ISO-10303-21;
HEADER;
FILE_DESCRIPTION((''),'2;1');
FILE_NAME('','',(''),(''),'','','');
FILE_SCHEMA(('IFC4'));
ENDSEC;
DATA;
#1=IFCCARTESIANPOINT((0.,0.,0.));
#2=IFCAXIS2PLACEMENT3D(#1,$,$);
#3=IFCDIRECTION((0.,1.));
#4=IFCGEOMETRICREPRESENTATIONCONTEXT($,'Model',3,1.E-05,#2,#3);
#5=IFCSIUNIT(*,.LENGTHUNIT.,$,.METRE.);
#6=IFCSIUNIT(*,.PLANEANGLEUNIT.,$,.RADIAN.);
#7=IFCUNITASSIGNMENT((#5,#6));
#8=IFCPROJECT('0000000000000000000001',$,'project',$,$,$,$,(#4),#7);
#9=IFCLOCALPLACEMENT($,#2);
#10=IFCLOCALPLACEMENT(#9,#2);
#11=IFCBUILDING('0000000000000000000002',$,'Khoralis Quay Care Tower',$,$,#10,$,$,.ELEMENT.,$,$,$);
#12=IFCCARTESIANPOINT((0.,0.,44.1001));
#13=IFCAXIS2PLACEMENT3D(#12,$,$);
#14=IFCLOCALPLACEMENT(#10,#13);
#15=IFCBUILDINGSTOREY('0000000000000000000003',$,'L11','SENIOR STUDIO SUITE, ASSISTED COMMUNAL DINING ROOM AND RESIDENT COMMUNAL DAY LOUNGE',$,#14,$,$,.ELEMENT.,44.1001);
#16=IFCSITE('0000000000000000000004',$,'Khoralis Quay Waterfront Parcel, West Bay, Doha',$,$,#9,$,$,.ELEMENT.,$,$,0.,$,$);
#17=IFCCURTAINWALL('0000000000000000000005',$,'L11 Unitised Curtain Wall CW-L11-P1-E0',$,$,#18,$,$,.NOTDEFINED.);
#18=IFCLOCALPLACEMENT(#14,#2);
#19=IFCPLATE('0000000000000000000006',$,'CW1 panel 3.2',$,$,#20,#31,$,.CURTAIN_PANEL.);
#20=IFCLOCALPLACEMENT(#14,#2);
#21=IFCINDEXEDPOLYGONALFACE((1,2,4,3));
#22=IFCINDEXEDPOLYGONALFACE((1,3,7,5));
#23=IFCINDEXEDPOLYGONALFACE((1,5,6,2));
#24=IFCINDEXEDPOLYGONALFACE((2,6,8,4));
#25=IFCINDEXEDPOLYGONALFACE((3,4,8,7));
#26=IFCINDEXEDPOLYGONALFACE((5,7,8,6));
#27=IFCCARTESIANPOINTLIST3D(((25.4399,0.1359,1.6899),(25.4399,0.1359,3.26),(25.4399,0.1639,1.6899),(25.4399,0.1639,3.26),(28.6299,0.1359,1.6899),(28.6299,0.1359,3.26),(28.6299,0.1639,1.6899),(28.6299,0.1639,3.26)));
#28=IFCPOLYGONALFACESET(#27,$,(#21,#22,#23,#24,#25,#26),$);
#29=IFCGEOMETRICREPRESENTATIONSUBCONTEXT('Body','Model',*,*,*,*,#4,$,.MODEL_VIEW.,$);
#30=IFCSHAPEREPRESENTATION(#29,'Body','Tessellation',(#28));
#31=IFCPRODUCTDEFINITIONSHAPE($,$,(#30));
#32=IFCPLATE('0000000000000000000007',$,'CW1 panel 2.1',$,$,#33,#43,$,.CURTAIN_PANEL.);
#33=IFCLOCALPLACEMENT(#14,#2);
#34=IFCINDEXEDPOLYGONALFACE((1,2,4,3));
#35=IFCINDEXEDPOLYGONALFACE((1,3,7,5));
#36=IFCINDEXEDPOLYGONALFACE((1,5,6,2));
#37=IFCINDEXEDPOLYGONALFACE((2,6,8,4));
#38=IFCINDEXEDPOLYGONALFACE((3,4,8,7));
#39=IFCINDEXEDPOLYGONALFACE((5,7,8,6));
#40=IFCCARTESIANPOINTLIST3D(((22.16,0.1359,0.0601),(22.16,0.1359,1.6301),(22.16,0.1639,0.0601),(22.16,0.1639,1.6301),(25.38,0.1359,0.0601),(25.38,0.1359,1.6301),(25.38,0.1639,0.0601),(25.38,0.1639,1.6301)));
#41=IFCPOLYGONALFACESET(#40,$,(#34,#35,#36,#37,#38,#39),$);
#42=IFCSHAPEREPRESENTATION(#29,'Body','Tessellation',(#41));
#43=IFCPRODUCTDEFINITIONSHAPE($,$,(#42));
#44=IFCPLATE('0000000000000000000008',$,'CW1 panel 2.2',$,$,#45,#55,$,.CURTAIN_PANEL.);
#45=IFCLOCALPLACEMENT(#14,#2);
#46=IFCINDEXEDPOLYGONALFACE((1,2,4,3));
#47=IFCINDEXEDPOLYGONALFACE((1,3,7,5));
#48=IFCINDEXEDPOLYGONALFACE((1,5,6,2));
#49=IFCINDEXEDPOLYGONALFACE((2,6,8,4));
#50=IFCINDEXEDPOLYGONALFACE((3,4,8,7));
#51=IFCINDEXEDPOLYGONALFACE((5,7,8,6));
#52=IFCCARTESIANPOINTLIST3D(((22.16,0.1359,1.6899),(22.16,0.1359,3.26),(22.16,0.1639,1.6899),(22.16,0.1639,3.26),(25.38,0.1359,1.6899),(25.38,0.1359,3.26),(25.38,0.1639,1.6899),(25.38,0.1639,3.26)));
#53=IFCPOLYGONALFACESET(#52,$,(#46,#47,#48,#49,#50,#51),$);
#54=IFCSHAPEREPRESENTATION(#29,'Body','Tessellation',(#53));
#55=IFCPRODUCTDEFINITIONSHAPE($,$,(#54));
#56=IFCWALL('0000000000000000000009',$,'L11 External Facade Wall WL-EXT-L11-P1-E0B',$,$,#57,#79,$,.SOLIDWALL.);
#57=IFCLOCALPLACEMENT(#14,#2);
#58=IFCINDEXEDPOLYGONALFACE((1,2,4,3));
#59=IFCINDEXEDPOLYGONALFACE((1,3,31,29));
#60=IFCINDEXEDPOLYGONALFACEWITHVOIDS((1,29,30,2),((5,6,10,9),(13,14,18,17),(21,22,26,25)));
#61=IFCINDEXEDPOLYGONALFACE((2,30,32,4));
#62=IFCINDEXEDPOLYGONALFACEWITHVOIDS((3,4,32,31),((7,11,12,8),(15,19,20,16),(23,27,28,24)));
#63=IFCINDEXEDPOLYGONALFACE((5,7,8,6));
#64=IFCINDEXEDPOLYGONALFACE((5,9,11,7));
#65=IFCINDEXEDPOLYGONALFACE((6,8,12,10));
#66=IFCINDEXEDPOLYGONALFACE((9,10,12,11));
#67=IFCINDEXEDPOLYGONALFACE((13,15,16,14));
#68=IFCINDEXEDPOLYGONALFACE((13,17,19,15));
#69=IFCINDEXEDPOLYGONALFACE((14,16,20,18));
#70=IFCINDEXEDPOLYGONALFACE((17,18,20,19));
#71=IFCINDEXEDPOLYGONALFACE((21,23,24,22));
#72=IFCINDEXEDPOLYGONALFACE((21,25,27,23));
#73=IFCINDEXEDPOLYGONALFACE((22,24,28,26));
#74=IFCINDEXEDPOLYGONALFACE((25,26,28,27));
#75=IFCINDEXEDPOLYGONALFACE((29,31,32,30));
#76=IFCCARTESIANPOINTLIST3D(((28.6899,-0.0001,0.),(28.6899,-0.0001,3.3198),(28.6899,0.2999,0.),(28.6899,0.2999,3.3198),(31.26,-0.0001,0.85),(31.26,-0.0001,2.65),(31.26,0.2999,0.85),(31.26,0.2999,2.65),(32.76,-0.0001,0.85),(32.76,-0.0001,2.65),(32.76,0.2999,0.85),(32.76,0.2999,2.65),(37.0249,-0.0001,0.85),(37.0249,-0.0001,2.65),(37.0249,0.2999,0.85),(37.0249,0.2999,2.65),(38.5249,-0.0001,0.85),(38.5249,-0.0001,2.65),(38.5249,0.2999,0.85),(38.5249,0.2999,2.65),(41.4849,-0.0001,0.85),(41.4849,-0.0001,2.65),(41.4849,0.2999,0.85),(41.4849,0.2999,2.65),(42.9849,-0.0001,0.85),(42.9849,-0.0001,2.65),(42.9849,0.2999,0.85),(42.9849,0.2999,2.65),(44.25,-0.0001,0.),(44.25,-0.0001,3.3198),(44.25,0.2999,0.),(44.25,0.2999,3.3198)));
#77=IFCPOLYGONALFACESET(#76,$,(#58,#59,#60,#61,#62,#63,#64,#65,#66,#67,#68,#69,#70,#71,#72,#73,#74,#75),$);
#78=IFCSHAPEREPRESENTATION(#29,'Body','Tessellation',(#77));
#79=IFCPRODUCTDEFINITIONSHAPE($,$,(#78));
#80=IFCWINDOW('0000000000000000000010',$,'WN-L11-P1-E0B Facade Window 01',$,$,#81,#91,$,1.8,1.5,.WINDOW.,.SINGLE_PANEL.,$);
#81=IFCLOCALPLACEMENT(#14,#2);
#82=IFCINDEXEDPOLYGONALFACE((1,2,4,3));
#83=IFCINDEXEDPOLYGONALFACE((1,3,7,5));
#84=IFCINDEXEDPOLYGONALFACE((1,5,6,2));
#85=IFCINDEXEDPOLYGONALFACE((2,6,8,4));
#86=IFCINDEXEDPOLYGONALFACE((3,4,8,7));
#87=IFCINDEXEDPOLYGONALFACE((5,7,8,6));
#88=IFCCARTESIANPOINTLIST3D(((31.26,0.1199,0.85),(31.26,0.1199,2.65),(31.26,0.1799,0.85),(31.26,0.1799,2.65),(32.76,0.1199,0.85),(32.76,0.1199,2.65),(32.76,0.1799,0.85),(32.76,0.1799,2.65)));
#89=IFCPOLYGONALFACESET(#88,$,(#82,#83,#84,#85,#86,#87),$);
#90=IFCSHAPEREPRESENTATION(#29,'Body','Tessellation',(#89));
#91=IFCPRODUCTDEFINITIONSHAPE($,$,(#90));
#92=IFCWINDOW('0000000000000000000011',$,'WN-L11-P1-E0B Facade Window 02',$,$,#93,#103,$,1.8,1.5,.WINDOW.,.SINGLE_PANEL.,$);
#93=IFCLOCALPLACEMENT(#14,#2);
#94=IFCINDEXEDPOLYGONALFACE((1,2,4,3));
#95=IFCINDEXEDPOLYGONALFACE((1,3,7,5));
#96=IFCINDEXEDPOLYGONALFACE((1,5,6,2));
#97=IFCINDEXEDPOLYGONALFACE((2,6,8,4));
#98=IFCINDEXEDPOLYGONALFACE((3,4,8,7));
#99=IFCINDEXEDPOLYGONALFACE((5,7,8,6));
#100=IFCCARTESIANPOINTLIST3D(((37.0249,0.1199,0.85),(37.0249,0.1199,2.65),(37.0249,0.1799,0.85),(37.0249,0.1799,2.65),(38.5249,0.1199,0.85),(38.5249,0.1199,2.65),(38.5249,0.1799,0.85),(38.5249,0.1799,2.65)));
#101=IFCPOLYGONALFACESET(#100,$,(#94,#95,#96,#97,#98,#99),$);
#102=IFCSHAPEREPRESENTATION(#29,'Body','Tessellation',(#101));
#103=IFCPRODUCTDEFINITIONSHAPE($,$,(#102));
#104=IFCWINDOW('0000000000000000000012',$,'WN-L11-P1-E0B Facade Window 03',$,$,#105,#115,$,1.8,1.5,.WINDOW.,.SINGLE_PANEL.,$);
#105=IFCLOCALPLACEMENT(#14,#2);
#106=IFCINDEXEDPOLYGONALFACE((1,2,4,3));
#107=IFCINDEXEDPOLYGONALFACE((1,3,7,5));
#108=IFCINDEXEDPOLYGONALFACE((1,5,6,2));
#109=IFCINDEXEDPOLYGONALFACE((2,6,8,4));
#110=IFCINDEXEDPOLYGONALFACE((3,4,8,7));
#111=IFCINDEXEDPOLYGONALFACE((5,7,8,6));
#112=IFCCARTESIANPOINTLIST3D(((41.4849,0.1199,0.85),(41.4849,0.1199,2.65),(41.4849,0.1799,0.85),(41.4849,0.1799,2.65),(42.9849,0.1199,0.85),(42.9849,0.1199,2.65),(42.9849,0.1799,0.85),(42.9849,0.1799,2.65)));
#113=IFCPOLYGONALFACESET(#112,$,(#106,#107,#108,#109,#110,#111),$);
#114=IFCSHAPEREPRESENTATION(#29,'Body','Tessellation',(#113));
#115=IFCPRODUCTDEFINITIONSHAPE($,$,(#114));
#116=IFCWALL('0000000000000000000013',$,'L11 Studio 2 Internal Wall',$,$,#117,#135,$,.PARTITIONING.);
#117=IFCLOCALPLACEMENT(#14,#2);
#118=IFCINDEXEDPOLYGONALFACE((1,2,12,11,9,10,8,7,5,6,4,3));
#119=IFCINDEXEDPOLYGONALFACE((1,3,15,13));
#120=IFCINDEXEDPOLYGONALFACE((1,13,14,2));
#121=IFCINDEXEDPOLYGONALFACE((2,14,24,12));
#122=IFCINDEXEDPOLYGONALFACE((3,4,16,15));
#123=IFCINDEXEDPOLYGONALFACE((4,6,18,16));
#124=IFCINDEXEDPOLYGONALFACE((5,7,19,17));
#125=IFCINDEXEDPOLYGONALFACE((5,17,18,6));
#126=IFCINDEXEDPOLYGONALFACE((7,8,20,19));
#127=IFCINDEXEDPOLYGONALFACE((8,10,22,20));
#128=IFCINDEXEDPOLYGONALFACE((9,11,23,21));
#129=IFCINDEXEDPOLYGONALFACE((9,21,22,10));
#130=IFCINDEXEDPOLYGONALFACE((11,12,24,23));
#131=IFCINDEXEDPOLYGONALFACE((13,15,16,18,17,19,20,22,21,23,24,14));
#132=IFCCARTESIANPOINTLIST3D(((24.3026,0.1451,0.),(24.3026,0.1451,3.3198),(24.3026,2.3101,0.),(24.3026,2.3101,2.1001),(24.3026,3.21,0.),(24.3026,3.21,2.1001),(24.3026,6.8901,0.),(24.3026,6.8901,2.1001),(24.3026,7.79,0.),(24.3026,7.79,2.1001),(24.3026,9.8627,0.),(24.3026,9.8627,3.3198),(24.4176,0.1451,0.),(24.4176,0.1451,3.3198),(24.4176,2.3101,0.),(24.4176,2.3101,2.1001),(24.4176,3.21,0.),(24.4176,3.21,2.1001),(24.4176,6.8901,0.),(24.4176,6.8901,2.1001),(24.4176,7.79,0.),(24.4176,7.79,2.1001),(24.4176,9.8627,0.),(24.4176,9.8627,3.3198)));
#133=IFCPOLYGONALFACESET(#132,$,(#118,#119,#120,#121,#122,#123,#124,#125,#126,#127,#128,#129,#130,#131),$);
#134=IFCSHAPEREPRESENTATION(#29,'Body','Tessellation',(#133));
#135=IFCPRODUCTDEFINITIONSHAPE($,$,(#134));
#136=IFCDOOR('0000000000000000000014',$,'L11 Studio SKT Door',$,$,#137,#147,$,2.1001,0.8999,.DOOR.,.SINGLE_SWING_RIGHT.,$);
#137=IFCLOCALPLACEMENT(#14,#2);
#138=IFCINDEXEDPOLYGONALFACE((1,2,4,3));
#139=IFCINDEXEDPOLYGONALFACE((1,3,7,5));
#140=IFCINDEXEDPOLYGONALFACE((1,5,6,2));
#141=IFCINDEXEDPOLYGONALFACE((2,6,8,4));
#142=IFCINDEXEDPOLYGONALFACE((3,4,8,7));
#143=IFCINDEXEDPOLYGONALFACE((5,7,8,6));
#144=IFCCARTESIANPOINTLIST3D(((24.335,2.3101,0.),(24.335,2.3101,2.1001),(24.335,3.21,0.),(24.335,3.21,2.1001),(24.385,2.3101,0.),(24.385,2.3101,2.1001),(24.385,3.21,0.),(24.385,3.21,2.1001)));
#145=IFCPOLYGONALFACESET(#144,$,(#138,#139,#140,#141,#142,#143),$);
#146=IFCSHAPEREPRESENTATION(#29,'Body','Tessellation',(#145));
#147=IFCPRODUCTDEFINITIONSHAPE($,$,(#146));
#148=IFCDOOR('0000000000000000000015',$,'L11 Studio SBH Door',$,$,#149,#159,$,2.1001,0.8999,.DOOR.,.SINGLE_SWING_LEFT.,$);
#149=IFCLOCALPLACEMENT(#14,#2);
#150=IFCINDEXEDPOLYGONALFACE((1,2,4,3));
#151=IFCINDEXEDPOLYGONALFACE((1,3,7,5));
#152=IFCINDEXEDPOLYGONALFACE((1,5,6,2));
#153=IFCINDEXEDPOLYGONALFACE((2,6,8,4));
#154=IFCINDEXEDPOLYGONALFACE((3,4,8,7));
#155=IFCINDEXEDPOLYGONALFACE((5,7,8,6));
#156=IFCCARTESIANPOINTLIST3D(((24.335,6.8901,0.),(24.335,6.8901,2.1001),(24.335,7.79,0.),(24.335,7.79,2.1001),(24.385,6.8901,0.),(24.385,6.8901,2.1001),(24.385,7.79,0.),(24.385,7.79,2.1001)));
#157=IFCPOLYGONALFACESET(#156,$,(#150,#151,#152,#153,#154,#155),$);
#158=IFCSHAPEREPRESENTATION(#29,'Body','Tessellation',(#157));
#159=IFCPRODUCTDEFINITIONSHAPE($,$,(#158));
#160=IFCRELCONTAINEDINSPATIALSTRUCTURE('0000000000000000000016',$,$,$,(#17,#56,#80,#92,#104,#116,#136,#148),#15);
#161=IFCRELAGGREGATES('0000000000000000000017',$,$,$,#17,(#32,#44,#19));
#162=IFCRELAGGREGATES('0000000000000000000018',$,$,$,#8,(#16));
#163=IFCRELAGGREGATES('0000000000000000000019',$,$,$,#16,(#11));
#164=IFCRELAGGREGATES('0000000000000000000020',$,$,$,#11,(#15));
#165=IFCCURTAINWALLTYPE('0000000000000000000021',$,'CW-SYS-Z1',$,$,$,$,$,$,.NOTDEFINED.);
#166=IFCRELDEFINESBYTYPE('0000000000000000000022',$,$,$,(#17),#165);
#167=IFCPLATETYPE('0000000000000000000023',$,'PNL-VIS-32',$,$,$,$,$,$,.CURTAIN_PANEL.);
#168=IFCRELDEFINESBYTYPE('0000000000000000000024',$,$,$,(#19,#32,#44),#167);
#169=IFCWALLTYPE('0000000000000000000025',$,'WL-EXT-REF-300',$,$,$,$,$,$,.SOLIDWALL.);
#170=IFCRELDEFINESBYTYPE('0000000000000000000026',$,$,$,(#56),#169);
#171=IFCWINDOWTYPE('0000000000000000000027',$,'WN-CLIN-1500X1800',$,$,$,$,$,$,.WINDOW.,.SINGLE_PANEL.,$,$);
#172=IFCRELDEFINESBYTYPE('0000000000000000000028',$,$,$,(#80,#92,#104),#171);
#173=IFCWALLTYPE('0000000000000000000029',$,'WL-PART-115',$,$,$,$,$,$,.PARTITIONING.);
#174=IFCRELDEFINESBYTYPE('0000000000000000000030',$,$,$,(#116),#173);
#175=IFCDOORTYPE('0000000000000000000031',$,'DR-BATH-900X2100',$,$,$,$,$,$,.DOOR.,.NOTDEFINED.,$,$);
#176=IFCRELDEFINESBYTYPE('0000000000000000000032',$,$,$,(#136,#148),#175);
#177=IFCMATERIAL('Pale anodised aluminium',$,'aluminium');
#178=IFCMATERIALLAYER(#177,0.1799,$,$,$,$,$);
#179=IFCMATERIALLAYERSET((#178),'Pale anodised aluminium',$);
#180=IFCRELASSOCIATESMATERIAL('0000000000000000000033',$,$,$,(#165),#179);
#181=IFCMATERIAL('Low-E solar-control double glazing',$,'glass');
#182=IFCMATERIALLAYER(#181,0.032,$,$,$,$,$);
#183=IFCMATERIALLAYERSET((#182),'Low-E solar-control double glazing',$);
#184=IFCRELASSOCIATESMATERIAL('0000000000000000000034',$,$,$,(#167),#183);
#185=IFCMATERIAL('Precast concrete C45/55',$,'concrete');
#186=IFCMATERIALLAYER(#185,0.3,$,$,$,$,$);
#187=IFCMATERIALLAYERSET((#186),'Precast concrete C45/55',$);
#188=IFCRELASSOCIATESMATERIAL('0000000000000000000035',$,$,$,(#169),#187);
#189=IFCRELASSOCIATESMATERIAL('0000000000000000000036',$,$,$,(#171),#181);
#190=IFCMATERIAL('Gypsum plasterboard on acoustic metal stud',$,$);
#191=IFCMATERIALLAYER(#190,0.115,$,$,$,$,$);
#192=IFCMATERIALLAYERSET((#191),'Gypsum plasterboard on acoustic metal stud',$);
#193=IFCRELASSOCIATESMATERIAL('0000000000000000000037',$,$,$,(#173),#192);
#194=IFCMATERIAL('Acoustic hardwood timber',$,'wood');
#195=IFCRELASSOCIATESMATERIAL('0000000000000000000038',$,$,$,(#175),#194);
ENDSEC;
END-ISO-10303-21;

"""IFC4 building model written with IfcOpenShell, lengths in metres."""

from ifc_helpers import new_model, si_unit, direction, frame, frame_2d, origin, origin_2d, place, context, subcontext, project, spatial, rectangle, extrude, source, transform, mapped, material, layer, layer_set, type_object, element, fill, aggregate, save


model = new_model("IFC4")

# Units and contexts
model_context = context("Model", 3, precision=1e-05, world=origin(), true_north=direction((0.0, 1.0)))
body_context = subcontext(model_context, "Body", "Model", "MODEL_VIEW")
ifc_project = project(units=[si_unit("LENGTHUNIT", "METRE"), si_unit("PLANEANGLEUNIT", "RADIAN")], contexts=[model_context])

# Site, building, storey
site_placement = place(None, origin())
site = spatial("IfcSite", under=ifc_project, at=site_placement, Name="Khoralis Quay Waterfront Parcel, West Bay, Doha", CompositionType="ELEMENT", RefElevation=0.0)
building_placement = place(site_placement, origin())
building = spatial("IfcBuilding", under=site, at=building_placement, Name="Khoralis Quay Care Tower", CompositionType="ELEMENT")
storey_placement = place(building_placement, frame((0.0, 0.0, 44.1001)))
storey = spatial("IfcBuildingStorey", under=building, at=storey_placement, Name="L11", Description="SENIOR STUDIO SUITE, ASSISTED COMMUNAL DINING ROOM AND RESIDENT COMMUNAL DAY LOUNGE", CompositionType="ELEMENT", Elevation=44.1001)

# Curtain wall, plates
ifc_material_1 = material(Name="Pale anodised aluminium", Category="aluminium")
ifc_layer_1 = layer(ifc_material_1, 0.1799)
ifc_layer_set_1 = layer_set([ifc_layer_1], Name="Pale anodised aluminium")
curtain_wall_type = type_object("IfcCurtainWallType", Name="CW-SYS-Z1", PredefinedType="NOTDEFINED", material=ifc_layer_set_1)
curtain_wall_placement = place(storey_placement, origin())
curtain_wall = element("IfcCurtainWall", 1, at=curtain_wall_placement, inside=storey, type_object=curtain_wall_type, Name="L11 Unitised Curtain Wall CW-L11-P1-E0", PredefinedType="NOTDEFINED")
ifc_material_2 = material(Name="Low-E solar-control double glazing", Category="glass")
ifc_layer_2 = layer(ifc_material_2, 0.032)
ifc_layer_set_2 = layer_set([ifc_layer_2], Name="Low-E solar-control double glazing")
plate_type = type_object("IfcPlateType", Name="PNL-VIS-32", PredefinedType="CURTAIN_PANEL", material=ifc_layer_set_2)
shared_shape_1 = source(origin(), body_context, "Body", "SweptSolid", [
    extrude(rectangle(XDim=3.1899, YDim=0.0281, at=origin_2d()), origin(), (0.0, 0.0, 1.0), 1.5701),
])
plate_1_placement = place(storey_placement, frame((27.0349, 0.1499, 1.6899), z_axis=(0.0, 0.0, 1.0), x_axis=(1.0, 0.0, 0.0)))
plate_1 = element("IfcPlate", 2, at=plate_1_placement, type_object=plate_type, Name="CW1 panel 3.2", PredefinedType="CURTAIN_PANEL", context=body_context, shape_type="MappedRepresentation", body=[
    mapped(shared_shape_1, transform((0.0, 0.0, 0.0), scale=1.0)),
])
shared_shape_2 = source(origin(), body_context, "Body", "SweptSolid", [
    extrude(rectangle(XDim=3.22, YDim=0.0281, at=origin_2d()), origin(), (0.0, 0.0, 1.0), 1.5701),
])
plate_2_placement = place(storey_placement, frame((23.77, 0.1499, 0.0601), z_axis=(0.0, 0.0, 1.0), x_axis=(1.0, 0.0, 0.0)))
plate_2 = element("IfcPlate", 3, at=plate_2_placement, type_object=plate_type, Name="CW1 panel 2.1", PredefinedType="CURTAIN_PANEL", context=body_context, shape_type="MappedRepresentation", body=[
    mapped(shared_shape_2, transform((0.0, 0.0, 0.0), scale=1.0)),
])
plate_3_placement = place(storey_placement, frame((23.77, 0.1499, 1.6899), z_axis=(0.0, 0.0, 1.0), x_axis=(1.0, 0.0, 0.0)))
plate_3 = element("IfcPlate", 4, at=plate_3_placement, type_object=plate_type, Name="CW1 panel 2.2", PredefinedType="CURTAIN_PANEL", context=body_context, shape_type="MappedRepresentation", body=[
    mapped(shared_shape_2, transform((0.0, 0.0, 0.0), scale=1.0)),
])
aggregate(curtain_wall, [plate_2, plate_3, plate_1])

# Wall, openings, windows
ifc_material_3 = material(Name="Precast concrete C45/55", Category="concrete")
ifc_layer_3 = layer(ifc_material_3, 0.3)
ifc_layer_set_3 = layer_set([ifc_layer_3], Name="Precast concrete C45/55")
wall_type_1 = type_object("IfcWallType", Name="WL-EXT-REF-300", PredefinedType="SOLIDWALL", material=ifc_layer_set_3)
wall_1_placement = place(storey_placement, frame((28.6899, 0.1499, 0.0), z_axis=(0.0, 0.0, 1.0), x_axis=(1.0, 0.0, 0.0)))
wall_1 = element("IfcWall", 5, at=wall_1_placement, inside=storey, type_object=wall_type_1, Name="L11 External Facade Wall WL-EXT-L11-P1-E0B", PredefinedType="SOLIDWALL", context=body_context, shape_type="SweptSolid", body=[
    extrude(rectangle(XDim=15.5601, YDim=0.3, at=frame_2d((7.78, 0.0))), origin(), (0.0, 0.0, 1.0), 3.3198),
])
opening_1_placement = place(wall_1_placement, frame((2.5701, 0.0, 0.8501)))
opening_1 = element("IfcOpeningElement", 6, at=opening_1_placement, cuts=wall_1, PredefinedType="OPENING", context=body_context, shape_type="SweptSolid", body=[
    extrude(rectangle(XDim=1.5, YDim=1.8, at=frame_2d((0.75, 0.8999))), frame((0.0, 0.1602, 0.0), z_axis=(0.0, -1.0, 0.0), x_axis=(1.0, 0.0, 0.0)), (0.0, 0.0, 1.0), 0.3201),
])
opening_2_placement = place(wall_1_placement, frame((8.335, 0.0, 0.8501)))
opening_2 = element("IfcOpeningElement", 7, at=opening_2_placement, cuts=wall_1, PredefinedType="OPENING", context=body_context, shape_type="SweptSolid", body=[
    extrude(rectangle(XDim=1.5, YDim=1.8, at=frame_2d((0.75, 0.8999))), frame((0.0, 0.1602, 0.0), z_axis=(0.0, -1.0, 0.0), x_axis=(1.0, 0.0, 0.0)), (0.0, 0.0, 1.0), 0.3201),
])
opening_3_placement = place(wall_1_placement, frame((12.7949, 0.0, 0.8501)))
opening_3 = element("IfcOpeningElement", 8, at=opening_3_placement, cuts=wall_1, PredefinedType="OPENING", context=body_context, shape_type="SweptSolid", body=[
    extrude(rectangle(XDim=1.5, YDim=1.8, at=frame_2d((0.75, 0.8999))), frame((0.0, 0.1602, 0.0), z_axis=(0.0, -1.0, 0.0), x_axis=(1.0, 0.0, 0.0)), (0.0, 0.0, 1.0), 0.3201),
])
window_type = type_object("IfcWindowType", Name="WN-CLIN-1500X1800", PartitioningType="SINGLE_PANEL", PredefinedType="WINDOW", material=ifc_material_2)
shared_shape_3 = source(origin(), body_context, "Body", "SweptSolid", [
    extrude(rectangle(XDim=1.5, YDim=1.8, at=frame_2d((0.75, 0.8999))), frame((0.0, 0.03, 0.0), z_axis=(0.0, -1.0, 0.0), x_axis=(1.0, 0.0, 0.0)), (0.0, 0.0, 1.0), 0.0601),
])
window_1_placement = place(opening_1_placement, origin())
window_1 = element("IfcWindow", 9, at=window_1_placement, inside=storey, type_object=window_type, Name="WN-L11-P1-E0B Facade Window 01", OverallHeight=1.8, OverallWidth=1.5, PartitioningType="SINGLE_PANEL", PredefinedType="WINDOW", context=body_context, shape_type="MappedRepresentation", body=[
    mapped(shared_shape_3, transform((0.0, 0.0, 0.0), scale=1.0)),
])
fill(opening_1, window_1)
window_2_placement = place(opening_2_placement, origin())
window_2 = element("IfcWindow", 10, at=window_2_placement, inside=storey, type_object=window_type, Name="WN-L11-P1-E0B Facade Window 02", OverallHeight=1.8, OverallWidth=1.5, PartitioningType="SINGLE_PANEL", PredefinedType="WINDOW", context=body_context, shape_type="MappedRepresentation", body=[
    mapped(shared_shape_3, transform((0.0, 0.0, 0.0), scale=1.0)),
])
fill(opening_2, window_2)
window_3_placement = place(opening_3_placement, origin())
window_3 = element("IfcWindow", 11, at=window_3_placement, inside=storey, type_object=window_type, Name="WN-L11-P1-E0B Facade Window 03", OverallHeight=1.8, OverallWidth=1.5, PartitioningType="SINGLE_PANEL", PredefinedType="WINDOW", context=body_context, shape_type="MappedRepresentation", body=[
    mapped(shared_shape_3, transform((0.0, 0.0, 0.0), scale=1.0)),
])
fill(opening_3, window_3)

# Wall, openings, doors
ifc_material_4 = material(Name="Gypsum plasterboard on acoustic metal stud")
ifc_layer_4 = layer(ifc_material_4, 0.115)
ifc_layer_set_4 = layer_set([ifc_layer_4], Name="Gypsum plasterboard on acoustic metal stud")
wall_type_2 = type_object("IfcWallType", Name="WL-PART-115", PredefinedType="PARTITIONING", material=ifc_layer_set_4)
wall_2_placement = place(storey_placement, frame((24.3601, 0.145, 0.0), z_axis=(0.0, 0.0, 1.0), x_axis=(0.0, 1.0, 0.0)))
wall_2 = element("IfcWall", 12, at=wall_2_placement, inside=storey, type_object=wall_type_2, Name="L11 Studio 2 Internal Wall", PredefinedType="PARTITIONING", context=body_context, shape_type="SweptSolid", body=[
    extrude(rectangle(XDim=9.7175, YDim=0.115, at=frame_2d((4.8589, 0.0))), origin(), (0.0, 0.0, 1.0), 3.3198),
])
opening_4_placement = place(wall_2_placement, frame((2.165, 0.0, 0.0)))
opening_4 = element("IfcOpeningElement", 13, at=opening_4_placement, cuts=wall_2, PredefinedType="OPENING", context=body_context, shape_type="SweptSolid", body=[
    extrude(rectangle(XDim=0.8999, YDim=2.1001, at=frame_2d((0.45, 1.05))), frame((0.0, 0.0674, 0.0), z_axis=(0.0, -1.0, 0.0), x_axis=(1.0, 0.0, 0.0)), (0.0, 0.0, 1.0), 0.135),
])
opening_5_placement = place(wall_2_placement, frame((6.7451, 0.0, 0.0)))
opening_5 = element("IfcOpeningElement", 14, at=opening_5_placement, cuts=wall_2, PredefinedType="OPENING", context=body_context, shape_type="SweptSolid", body=[
    extrude(rectangle(XDim=0.8999, YDim=2.1001, at=frame_2d((0.45, 1.05))), frame((0.0, 0.0674, 0.0), z_axis=(0.0, -1.0, 0.0), x_axis=(1.0, 0.0, 0.0)), (0.0, 0.0, 1.0), 0.135),
])
ifc_material_5 = material(Name="Acoustic hardwood timber", Category="wood")
door_type = type_object("IfcDoorType", Name="DR-BATH-900X2100", OperationType="NOTDEFINED", PredefinedType="DOOR", material=ifc_material_5)
shared_shape_4 = source(origin(), body_context, "Body", "SweptSolid", [
    extrude(rectangle(XDim=0.8999, YDim=2.1001, at=frame_2d((0.45, 1.05))), frame((0.0, 0.0249, 0.0), z_axis=(0.0, -1.0, 0.0), x_axis=(1.0, 0.0, 0.0)), (0.0, 0.0, 1.0), 0.05),
])
door_1_placement = place(opening_4_placement, frame((0.8999, 0.0, 0.0), z_axis=(0.0, 0.0, 1.0), x_axis=(-1.0, 0.0, 0.0)))
door_1 = element("IfcDoor", 15, at=door_1_placement, inside=storey, type_object=door_type, Name="L11 Studio SKT Door", OperationType="SINGLE_SWING_RIGHT", OverallHeight=2.1001, OverallWidth=0.8999, PredefinedType="DOOR", context=body_context, shape_type="MappedRepresentation", body=[
    mapped(shared_shape_4, transform((0.0, 0.0, 0.0), scale=1.0)),
])
fill(opening_4, door_1)
door_2_placement = place(opening_5_placement, frame((0.8999, 0.0, 0.0), z_axis=(0.0, 0.0, 1.0), x_axis=(-1.0, 0.0, 0.0)))
door_2 = element("IfcDoor", 16, at=door_2_placement, inside=storey, type_object=door_type, Name="L11 Studio SBH Door", OperationType="SINGLE_SWING_LEFT", OverallHeight=2.1001, OverallWidth=0.8999, PredefinedType="DOOR", context=body_context, shape_type="MappedRepresentation", body=[
    mapped(shared_shape_4, transform((0.0, 0.0, 0.0), scale=1.0)),
])
fill(opening_5, door_2)

save(model, "model.ifc")
